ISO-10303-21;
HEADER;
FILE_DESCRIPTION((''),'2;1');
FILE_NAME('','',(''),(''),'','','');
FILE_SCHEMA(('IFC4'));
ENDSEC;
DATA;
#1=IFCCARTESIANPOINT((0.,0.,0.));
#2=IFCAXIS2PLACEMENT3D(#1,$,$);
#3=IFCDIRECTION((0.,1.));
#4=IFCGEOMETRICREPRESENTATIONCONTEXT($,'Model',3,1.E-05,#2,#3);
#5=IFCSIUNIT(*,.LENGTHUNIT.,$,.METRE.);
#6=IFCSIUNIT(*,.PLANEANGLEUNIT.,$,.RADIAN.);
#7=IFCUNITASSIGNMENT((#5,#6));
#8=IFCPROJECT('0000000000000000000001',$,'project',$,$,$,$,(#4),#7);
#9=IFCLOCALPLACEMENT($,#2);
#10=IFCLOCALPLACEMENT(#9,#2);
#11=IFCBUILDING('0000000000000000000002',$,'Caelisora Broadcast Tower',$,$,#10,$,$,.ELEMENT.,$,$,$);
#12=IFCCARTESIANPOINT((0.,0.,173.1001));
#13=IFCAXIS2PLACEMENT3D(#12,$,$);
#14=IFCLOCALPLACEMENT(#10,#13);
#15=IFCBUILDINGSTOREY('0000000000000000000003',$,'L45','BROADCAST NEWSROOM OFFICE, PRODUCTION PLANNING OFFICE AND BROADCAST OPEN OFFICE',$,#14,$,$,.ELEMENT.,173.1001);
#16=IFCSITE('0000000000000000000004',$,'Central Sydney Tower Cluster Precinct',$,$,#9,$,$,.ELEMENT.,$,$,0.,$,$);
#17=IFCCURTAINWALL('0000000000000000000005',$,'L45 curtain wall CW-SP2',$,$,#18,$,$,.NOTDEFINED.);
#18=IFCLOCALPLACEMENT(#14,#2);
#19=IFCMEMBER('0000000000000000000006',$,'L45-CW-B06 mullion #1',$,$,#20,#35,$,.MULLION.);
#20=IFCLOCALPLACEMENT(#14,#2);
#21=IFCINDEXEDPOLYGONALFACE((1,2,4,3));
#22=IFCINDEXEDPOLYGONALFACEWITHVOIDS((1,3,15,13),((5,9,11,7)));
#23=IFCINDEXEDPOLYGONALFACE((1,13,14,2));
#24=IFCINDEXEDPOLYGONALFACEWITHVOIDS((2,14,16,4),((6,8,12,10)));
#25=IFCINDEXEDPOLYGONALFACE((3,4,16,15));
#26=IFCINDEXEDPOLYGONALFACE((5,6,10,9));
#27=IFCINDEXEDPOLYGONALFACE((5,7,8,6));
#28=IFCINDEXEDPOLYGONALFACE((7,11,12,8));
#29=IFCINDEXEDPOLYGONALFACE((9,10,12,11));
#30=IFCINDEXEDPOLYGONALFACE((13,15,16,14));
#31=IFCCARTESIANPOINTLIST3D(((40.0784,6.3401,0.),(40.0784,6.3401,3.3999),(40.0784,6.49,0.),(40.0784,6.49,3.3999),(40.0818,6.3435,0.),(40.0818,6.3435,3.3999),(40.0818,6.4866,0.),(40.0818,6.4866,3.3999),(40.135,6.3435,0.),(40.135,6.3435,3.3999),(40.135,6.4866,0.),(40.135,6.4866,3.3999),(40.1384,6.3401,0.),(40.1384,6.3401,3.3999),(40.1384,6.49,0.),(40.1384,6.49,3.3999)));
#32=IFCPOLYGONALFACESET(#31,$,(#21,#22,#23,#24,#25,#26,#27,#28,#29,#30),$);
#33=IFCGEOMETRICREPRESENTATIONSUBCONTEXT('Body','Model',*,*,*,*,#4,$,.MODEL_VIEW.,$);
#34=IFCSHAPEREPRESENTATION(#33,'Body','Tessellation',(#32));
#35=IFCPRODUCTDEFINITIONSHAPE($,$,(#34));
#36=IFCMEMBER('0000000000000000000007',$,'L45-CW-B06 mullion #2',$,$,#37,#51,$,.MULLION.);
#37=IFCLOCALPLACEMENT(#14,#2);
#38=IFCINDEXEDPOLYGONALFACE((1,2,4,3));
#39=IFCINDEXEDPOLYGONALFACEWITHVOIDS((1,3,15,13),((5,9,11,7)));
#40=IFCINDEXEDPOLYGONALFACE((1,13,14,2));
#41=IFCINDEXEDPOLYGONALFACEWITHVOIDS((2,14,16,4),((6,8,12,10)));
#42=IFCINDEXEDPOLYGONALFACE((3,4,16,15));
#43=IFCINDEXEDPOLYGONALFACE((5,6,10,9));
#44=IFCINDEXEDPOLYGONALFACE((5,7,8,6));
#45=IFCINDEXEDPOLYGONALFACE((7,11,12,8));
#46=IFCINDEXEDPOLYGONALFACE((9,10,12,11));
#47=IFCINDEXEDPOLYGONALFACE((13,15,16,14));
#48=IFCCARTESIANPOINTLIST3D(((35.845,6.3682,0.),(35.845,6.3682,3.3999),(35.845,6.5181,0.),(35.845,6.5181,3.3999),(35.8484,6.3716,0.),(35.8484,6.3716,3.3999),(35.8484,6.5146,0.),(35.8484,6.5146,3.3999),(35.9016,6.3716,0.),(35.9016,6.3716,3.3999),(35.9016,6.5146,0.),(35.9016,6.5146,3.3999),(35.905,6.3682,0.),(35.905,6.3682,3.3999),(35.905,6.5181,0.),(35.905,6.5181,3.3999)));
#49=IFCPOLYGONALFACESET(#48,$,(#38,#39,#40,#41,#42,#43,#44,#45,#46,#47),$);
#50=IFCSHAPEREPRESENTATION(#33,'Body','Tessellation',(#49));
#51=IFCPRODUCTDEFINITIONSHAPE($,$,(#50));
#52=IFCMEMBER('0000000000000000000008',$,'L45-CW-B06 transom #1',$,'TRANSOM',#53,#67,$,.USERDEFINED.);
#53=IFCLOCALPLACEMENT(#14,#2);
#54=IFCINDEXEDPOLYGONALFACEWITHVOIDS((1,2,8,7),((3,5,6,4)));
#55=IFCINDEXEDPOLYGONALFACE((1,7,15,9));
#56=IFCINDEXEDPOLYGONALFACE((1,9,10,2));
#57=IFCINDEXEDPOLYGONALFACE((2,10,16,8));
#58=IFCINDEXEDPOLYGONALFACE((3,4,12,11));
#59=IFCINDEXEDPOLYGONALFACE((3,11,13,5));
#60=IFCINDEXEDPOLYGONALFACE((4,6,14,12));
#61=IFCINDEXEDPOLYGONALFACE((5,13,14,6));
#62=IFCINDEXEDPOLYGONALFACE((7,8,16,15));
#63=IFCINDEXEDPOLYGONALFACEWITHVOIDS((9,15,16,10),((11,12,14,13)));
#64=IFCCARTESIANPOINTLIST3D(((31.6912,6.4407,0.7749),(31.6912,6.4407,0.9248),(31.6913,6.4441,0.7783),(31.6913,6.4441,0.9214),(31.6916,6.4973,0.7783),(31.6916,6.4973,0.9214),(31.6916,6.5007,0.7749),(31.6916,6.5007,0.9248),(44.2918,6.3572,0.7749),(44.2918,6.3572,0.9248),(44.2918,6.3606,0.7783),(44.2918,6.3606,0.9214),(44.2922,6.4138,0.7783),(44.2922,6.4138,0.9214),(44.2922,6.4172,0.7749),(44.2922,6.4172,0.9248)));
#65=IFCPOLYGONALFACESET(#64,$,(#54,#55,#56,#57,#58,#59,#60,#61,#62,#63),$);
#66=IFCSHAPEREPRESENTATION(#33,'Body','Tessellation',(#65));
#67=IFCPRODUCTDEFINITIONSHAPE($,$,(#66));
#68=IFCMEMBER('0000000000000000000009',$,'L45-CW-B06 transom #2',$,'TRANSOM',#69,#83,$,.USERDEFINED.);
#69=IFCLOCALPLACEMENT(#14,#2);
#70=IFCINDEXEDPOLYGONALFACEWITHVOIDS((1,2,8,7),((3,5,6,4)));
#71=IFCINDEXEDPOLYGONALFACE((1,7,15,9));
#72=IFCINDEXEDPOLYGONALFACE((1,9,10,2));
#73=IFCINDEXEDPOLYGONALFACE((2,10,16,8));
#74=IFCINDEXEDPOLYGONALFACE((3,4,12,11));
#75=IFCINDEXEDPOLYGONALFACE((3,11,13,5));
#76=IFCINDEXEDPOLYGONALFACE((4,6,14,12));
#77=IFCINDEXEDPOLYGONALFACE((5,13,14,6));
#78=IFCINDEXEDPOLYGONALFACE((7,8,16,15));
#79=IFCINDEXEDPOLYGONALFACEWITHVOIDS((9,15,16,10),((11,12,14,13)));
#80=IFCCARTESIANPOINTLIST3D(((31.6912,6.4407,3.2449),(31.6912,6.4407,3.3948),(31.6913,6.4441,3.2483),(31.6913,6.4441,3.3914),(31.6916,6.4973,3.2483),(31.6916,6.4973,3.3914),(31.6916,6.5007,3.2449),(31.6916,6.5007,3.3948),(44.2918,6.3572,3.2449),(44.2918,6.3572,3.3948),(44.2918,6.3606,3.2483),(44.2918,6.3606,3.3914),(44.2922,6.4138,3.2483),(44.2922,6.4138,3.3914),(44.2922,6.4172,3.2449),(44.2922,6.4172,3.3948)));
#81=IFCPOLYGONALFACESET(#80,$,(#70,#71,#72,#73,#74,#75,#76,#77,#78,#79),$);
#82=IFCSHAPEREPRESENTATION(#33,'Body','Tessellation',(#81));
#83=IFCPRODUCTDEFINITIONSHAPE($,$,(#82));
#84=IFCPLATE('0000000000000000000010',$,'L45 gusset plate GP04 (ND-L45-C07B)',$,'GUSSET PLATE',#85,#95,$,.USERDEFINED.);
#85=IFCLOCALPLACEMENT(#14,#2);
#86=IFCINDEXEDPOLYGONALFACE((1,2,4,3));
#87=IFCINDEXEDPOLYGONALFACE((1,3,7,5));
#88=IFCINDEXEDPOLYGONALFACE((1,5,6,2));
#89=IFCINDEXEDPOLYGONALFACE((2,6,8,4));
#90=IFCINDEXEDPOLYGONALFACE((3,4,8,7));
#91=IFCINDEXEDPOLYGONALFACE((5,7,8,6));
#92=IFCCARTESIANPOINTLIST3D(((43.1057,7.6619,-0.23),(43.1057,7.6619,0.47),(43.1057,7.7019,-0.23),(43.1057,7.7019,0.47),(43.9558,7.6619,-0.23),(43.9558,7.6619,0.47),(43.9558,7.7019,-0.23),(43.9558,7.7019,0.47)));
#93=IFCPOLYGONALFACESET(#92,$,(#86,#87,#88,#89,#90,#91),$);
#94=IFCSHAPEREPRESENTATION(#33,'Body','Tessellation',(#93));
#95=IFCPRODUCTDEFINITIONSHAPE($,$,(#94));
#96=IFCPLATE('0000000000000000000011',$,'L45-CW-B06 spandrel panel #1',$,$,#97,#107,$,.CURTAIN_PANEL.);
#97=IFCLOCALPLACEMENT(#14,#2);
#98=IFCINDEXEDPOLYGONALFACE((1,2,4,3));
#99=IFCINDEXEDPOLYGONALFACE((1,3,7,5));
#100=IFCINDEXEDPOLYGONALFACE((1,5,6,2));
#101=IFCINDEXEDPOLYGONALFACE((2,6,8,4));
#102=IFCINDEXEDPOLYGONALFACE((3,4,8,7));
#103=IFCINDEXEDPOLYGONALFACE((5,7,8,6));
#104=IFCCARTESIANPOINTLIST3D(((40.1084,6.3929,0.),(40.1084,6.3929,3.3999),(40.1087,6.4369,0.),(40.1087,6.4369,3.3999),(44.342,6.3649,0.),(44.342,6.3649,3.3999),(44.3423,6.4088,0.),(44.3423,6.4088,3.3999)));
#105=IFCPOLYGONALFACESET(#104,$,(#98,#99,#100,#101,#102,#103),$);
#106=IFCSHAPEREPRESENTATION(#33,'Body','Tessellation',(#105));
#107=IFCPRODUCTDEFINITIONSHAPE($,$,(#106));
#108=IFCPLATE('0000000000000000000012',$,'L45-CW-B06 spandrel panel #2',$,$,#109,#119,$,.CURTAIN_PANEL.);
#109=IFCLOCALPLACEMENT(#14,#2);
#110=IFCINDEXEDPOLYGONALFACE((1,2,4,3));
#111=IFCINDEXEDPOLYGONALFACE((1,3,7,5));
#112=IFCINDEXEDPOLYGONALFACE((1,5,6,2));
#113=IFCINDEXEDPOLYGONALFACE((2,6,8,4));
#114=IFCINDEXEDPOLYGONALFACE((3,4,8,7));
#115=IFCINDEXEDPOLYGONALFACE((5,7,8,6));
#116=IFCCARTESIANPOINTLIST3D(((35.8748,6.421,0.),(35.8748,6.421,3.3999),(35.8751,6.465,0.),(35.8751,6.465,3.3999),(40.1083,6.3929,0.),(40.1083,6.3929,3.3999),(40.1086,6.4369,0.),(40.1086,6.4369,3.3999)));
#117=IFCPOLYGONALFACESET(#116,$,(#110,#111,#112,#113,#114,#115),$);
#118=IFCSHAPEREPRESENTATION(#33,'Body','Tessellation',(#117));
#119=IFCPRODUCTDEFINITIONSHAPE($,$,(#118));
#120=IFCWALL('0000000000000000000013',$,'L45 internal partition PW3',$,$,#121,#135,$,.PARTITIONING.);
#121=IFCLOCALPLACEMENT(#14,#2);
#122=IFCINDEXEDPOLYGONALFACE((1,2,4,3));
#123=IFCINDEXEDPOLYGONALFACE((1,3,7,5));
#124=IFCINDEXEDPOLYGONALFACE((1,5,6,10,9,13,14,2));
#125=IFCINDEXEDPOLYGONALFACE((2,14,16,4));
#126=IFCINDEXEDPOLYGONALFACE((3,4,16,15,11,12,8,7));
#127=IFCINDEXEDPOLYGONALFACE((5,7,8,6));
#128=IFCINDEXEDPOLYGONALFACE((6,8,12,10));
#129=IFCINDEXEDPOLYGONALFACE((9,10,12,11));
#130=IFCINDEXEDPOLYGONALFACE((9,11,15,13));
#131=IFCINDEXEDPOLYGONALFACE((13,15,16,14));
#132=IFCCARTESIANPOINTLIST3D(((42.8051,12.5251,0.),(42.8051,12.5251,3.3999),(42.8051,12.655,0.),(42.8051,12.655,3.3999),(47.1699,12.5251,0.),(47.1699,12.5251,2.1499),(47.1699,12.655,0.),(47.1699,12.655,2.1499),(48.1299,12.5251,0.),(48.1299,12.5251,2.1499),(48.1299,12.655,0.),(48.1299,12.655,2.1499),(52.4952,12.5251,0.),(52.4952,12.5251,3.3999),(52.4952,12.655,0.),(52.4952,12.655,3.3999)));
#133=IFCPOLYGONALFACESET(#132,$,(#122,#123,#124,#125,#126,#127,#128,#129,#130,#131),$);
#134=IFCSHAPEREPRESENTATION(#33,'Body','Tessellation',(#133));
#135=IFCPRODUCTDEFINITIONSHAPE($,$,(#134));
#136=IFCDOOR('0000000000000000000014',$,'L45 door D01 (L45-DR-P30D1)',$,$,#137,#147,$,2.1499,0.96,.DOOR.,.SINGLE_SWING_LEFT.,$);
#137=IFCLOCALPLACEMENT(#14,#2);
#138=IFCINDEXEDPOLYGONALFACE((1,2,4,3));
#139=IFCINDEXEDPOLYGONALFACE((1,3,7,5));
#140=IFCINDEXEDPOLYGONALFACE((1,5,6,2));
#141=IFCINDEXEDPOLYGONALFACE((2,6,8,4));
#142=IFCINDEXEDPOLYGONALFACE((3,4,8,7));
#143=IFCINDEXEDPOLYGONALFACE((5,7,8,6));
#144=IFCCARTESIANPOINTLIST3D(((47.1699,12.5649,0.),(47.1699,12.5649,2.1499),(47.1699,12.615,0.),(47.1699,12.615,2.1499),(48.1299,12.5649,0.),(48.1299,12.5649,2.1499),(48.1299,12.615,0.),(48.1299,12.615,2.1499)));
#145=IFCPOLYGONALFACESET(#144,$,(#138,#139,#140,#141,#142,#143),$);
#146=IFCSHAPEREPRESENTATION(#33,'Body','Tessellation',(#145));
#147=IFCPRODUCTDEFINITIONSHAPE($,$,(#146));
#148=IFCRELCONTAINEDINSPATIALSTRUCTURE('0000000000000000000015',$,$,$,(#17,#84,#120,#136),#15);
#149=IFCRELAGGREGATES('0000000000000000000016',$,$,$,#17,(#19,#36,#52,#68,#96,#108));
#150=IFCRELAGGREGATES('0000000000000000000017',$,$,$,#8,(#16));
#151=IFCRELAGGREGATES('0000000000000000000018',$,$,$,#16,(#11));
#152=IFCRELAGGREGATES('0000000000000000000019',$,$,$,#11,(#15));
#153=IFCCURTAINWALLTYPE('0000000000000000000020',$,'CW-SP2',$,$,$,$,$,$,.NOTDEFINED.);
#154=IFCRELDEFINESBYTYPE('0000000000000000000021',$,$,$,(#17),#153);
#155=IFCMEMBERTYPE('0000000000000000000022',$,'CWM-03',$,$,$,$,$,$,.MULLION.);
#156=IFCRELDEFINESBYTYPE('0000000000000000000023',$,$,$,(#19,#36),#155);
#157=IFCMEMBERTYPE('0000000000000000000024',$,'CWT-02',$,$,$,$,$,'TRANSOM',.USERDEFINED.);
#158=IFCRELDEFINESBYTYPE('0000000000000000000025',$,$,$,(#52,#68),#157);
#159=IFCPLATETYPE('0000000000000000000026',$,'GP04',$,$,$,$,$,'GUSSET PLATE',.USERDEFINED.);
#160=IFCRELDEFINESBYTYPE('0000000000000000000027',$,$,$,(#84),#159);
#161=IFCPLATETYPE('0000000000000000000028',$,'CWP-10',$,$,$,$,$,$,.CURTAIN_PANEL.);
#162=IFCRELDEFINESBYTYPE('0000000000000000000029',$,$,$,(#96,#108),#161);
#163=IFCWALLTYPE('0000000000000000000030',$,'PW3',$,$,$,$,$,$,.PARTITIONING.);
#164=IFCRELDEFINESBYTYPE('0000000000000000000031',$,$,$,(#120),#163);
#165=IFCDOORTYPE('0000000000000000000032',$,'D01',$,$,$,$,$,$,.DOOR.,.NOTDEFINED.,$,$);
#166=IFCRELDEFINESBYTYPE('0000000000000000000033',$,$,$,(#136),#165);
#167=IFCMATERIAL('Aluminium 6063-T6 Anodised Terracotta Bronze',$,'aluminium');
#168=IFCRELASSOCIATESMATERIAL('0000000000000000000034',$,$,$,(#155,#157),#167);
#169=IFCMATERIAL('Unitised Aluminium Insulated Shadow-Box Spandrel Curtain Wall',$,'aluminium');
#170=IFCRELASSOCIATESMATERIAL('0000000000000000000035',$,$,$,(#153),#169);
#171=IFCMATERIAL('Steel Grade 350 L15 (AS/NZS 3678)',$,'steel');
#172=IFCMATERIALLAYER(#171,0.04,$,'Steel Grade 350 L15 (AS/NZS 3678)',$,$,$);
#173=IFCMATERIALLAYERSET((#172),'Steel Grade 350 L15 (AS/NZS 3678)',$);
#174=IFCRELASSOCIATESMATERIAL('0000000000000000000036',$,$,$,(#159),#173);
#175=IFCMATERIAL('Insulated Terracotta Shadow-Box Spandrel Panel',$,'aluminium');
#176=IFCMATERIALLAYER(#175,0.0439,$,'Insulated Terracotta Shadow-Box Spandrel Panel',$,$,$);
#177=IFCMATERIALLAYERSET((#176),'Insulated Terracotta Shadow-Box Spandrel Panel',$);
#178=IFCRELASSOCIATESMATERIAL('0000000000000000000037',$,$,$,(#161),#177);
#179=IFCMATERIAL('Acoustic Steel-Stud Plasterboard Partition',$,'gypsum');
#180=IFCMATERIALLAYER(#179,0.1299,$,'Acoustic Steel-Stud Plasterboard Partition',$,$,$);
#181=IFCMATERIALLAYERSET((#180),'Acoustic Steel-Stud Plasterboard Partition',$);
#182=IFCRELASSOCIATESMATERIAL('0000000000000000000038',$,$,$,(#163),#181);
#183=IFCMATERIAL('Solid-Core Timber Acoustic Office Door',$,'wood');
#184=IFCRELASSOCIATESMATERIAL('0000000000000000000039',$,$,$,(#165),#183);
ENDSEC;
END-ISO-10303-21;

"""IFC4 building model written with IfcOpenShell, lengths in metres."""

from ifc_helpers import new_model, si_unit, direction, frame, frame_2d, origin, origin_2d, place, context, subcontext, project, spatial, rectangle, hollow_rectangle, extrude, source, transform, mapped, material, layer, layer_set, material_profile, profile_set, type_object, type_shapes, element, fill, aggregate, save


model = new_model("IFC4")

# Units and contexts
model_context = context("Model", 3, precision=1e-05, world=origin(), true_north=direction((0.0, 1.0)))
body_context = subcontext(model_context, "Body", "Model", "MODEL_VIEW")
ifc_project = project(units=[si_unit("LENGTHUNIT", "METRE"), si_unit("PLANEANGLEUNIT", "RADIAN")], contexts=[model_context])

# Site, building, storey
site_placement = place(None, origin())
site = spatial("IfcSite", under=ifc_project, at=site_placement, Name="Central Sydney Tower Cluster Precinct", CompositionType="ELEMENT", RefElevation=0.0)
building_placement = place(site_placement, origin())
building = spatial("IfcBuilding", under=site, at=building_placement, Name="Caelisora Broadcast Tower", CompositionType="ELEMENT")
storey_placement = place(building_placement, frame((0.0, 0.0, 173.1001)))
storey = spatial("IfcBuildingStorey", under=building, at=storey_placement, Name="L45", Description="BROADCAST NEWSROOM OFFICE, PRODUCTION PLANNING OFFICE AND BROADCAST OPEN OFFICE", CompositionType="ELEMENT", Elevation=173.1001)

# Shared definitions
ifc_material_1 = material(Name="Steel Grade 350 L15 (AS/NZS 3678)", Category="steel")

# Shared definitions
ifc_material_2 = material(Name="Aluminium 6063-T6 Anodised Terracotta Bronze", Category="aluminium")
ifc_material_profile_1 = material_profile(ifc_material_2, hollow_rectangle(XDim=0.0601, YDim=0.1499, WallThickness=0.0034, at=origin_2d()), Name="Aluminium 6063-T6 Anodised Terracotta Bronze")
ifc_profile_set_1 = profile_set([ifc_material_profile_1], Name="Aluminium 6063-T6 Anodised Terracotta Bronze")
member_type_1 = type_object("IfcMemberType", Name="CWM-03", PredefinedType="MULLION", material=ifc_profile_set_1)
shared_shape_1 = source(origin(), body_context, "Body", "SweptSolid", [
    extrude(hollow_rectangle(XDim=0.0601, YDim=0.1499, WallThickness=0.0034, at=origin_2d()), origin(), (0.0, 0.0, 1.0), 3.3999),
])
type_shapes(member_type_1, [shared_shape_1])

# Curtain wall, members
ifc_material_3 = material(Name="Unitised Aluminium Insulated Shadow-Box Spandrel Curtain Wall", Category="aluminium")
curtain_wall_type_1 = type_object("IfcCurtainWallType", Name="CW-SP2", PredefinedType="NOTDEFINED", material=ifc_material_3)
curtain_wall_1_placement = place(storey_placement, origin())
curtain_wall_1 = element("IfcCurtainWall", 1, at=curtain_wall_1_placement, inside=storey, type_object=curtain_wall_type_1, Name="L45 curtain wall CW-SP2", PredefinedType="NOTDEFINED")
member_1_placement = place(storey_placement, frame((40.1084, 6.415, 0.0), z_axis=(0.0, 0.0, 1.0), x_axis=(1.0, 0.0, 0.0)))
member_1 = element("IfcMember", 2, at=member_1_placement, type_object=member_type_1, Name="L45-CW-B06 mullion #1", PredefinedType="MULLION", context=body_context, shape_type="MappedRepresentation", body=[
    mapped(shared_shape_1, transform((0.0, 0.0, 0.0), scale=1.0)),
])
member_2_placement = place(storey_placement, frame((35.875, 6.4431, 0.0), z_axis=(0.0, 0.0, 1.0), x_axis=(1.0, 0.0, 0.0)))
member_2 = element("IfcMember", 3, at=member_2_placement, type_object=member_type_1, Name="L45-CW-B06 mullion #2", PredefinedType="MULLION", context=body_context, shape_type="MappedRepresentation", body=[
    mapped(shared_shape_1, transform((0.0, 0.0, 0.0), scale=1.0)),
])
ifc_material_profile_2 = material_profile(ifc_material_2, hollow_rectangle(XDim=0.0601, YDim=0.1499, WallThickness=0.0034, at=origin_2d()), Name="Aluminium 6063-T6 Anodised Terracotta Bronze")
ifc_profile_set_2 = profile_set([ifc_material_profile_2], Name="Aluminium 6063-T6 Anodised Terracotta Bronze")
member_type_2 = type_object("IfcMemberType", Name="CWT-02", ElementType="TRANSOM", PredefinedType="USERDEFINED", material=ifc_profile_set_2)
shared_shape_2 = source(origin(), body_context, "Body", "SweptSolid", [
    extrude(hollow_rectangle(XDim=0.0601, YDim=0.1499, WallThickness=0.0034, at=origin_2d()), origin(), (0.0, 0.0, 1.0), 12.6008),
])
type_shapes(member_type_2, [shared_shape_2])
member_3_placement = place(storey_placement, frame((44.292, 6.3872, 0.8499), z_axis=(-0.999978, 0.006626, 0.0), x_axis=(-0.006626, -0.999978, 0.0)))
member_3 = element("IfcMember", 4, at=member_3_placement, type_object=member_type_2, Name="L45-CW-B06 transom #1", ObjectType="TRANSOM", PredefinedType="USERDEFINED", context=body_context, shape_type="MappedRepresentation", body=[
    mapped(shared_shape_2, transform((0.0, 0.0, 0.0), scale=1.0)),
])
member_4_placement = place(storey_placement, frame((44.292, 6.3872, 3.3198), z_axis=(-0.999978, 0.006626, 0.0), x_axis=(-0.006626, -0.999978, 0.0)))
member_4 = element("IfcMember", 5, at=member_4_placement, type_object=member_type_2, Name="L45-CW-B06 transom #2", ObjectType="TRANSOM", PredefinedType="USERDEFINED", context=body_context, shape_type="MappedRepresentation", body=[
    mapped(shared_shape_2, transform((0.0, 0.0, 0.0), scale=1.0)),
])

# Plates
ifc_layer_1 = layer(ifc_material_1, 0.04, Name="Steel Grade 350 L15 (AS/NZS 3678)")
ifc_layer_set_1 = layer_set([ifc_layer_1], Name="Steel Grade 350 L15 (AS/NZS 3678)")
plate_type_1 = type_object("IfcPlateType", Name="GP04", ElementType="GUSSET PLATE", PredefinedType="USERDEFINED", material=ifc_layer_set_1)
shared_shape_3 = source(origin(), body_context, "Body", "SweptSolid", [
    extrude(rectangle(XDim=0.8501, YDim=0.04, at=origin_2d()), origin(), (0.0, 0.0, 1.0), 0.7),
])
type_shapes(plate_type_1, [shared_shape_3])
plate_1_placement = place(storey_placement, frame((43.5308, 7.6819, -0.23), z_axis=(0.0, 0.0, 1.0), x_axis=(1.0, 0.0, 0.0)))
element("IfcPlate", 6, at=plate_1_placement, inside=storey, type_object=plate_type_1, Name="L45 gusset plate GP04 (ND-L45-C07B)", ObjectType="GUSSET PLATE", PredefinedType="USERDEFINED", context=body_context, shape_type="MappedRepresentation", body=[
    mapped(shared_shape_3, transform((0.0, 0.0, 0.0), scale=1.0)),
])
ifc_material_4 = material(Name="Insulated Terracotta Shadow-Box Spandrel Panel", Category="aluminium")
ifc_layer_2 = layer(ifc_material_4, 0.0439, Name="Insulated Terracotta Shadow-Box Spandrel Panel")
ifc_layer_set_2 = layer_set([ifc_layer_2], Name="Insulated Terracotta Shadow-Box Spandrel Panel")
plate_type_2 = type_object("IfcPlateType", Name="CWP-10", PredefinedType="CURTAIN_PANEL", material=ifc_layer_set_2)
shared_shape_4 = source(origin(), body_context, "Body", "SweptSolid", [
    extrude(rectangle(XDim=4.2336, YDim=0.0439, at=origin_2d()), origin(), (0.0, 0.0, 1.0), 3.3999),
])
type_shapes(plate_type_2, [shared_shape_4])
plate_2_placement = place(storey_placement, frame((42.2253, 6.4009, 0.0), z_axis=(0.0, 0.0, 1.0), x_axis=(-0.999978, 0.006632, 0.0)))
plate_2 = element("IfcPlate", 7, at=plate_2_placement, type_object=plate_type_2, Name="L45-CW-B06 spandrel panel #1", PredefinedType="CURTAIN_PANEL", context=body_context, shape_type="MappedRepresentation", body=[
    mapped(shared_shape_4, transform((0.0, 0.0, 0.0), scale=1.0)),
])
plate_3_placement = place(storey_placement, frame((37.9917, 6.429, 0.0), z_axis=(0.0, 0.0, 1.0), x_axis=(-0.999978, 0.006632, 0.0)))
plate_3 = element("IfcPlate", 8, at=plate_3_placement, type_object=plate_type_2, Name="L45-CW-B06 spandrel panel #2", PredefinedType="CURTAIN_PANEL", context=body_context, shape_type="MappedRepresentation", body=[
    mapped(shared_shape_4, transform((0.0, 0.0, 0.0), scale=1.0)),
])
aggregate(curtain_wall_1, [member_1, member_2, member_3, member_4, plate_2, plate_3])

# Wall, opening, door
ifc_material_5 = material(Name="Acoustic Steel-Stud Plasterboard Partition", Category="gypsum")
ifc_layer_3 = layer(ifc_material_5, 0.1299, Name="Acoustic Steel-Stud Plasterboard Partition")
ifc_layer_set_3 = layer_set([ifc_layer_3], Name="Acoustic Steel-Stud Plasterboard Partition")
wall_type = type_object("IfcWallType", Name="PW3", PredefinedType="PARTITIONING", material=ifc_layer_set_3)
wall_1_placement = place(storey_placement, frame((42.8049, 12.5901, 0.0), z_axis=(0.0, 0.0, 1.0), x_axis=(1.0, 0.0, 0.0)))
wall_1 = element("IfcWall", 9, at=wall_1_placement, inside=storey, type_object=wall_type, Name="L45 internal partition PW3", PredefinedType="PARTITIONING", context=body_context, shape_type="SweptSolid", body=[
    extrude(rectangle(XDim=9.6902, YDim=0.1299, at=frame_2d((4.8452, 0.0))), origin(), (0.0, 0.0, 1.0), 3.3999),
])
opening_1_placement = place(wall_1_placement, frame((4.365, 0.0, 0.0)))
opening_1 = element("IfcOpeningElement", 10, at=opening_1_placement, cuts=wall_1, PredefinedType="OPENING", context=body_context, shape_type="SweptSolid", body=[
    extrude(rectangle(XDim=0.96, YDim=2.1499, at=frame_2d((0.48, 1.075))), frame((0.0, 0.0769, 0.0), z_axis=(0.0, -1.0, 0.0), x_axis=(1.0, 0.0, 0.0)), (0.0, 0.0, 1.0), 0.1538),
])
ifc_material_6 = material(Name="Solid-Core Timber Acoustic Office Door", Category="wood")
door_type = type_object("IfcDoorType", Name="D01", OperationType="NOTDEFINED", PredefinedType="DOOR", material=ifc_material_6)
door_1_placement = place(opening_1_placement, origin())
door_1 = element("IfcDoor", 11, at=door_1_placement, inside=storey, type_object=door_type, Name="L45 door D01 (L45-DR-P30D1)", OperationType="SINGLE_SWING_LEFT", OverallHeight=2.1499, OverallWidth=0.96, PredefinedType="DOOR", context=body_context, shape_type="SweptSolid", body=[
    extrude(rectangle(XDim=0.96, YDim=2.1499, at=frame_2d((0.48, 1.075))), frame((0.0, 0.0249, 0.0), z_axis=(0.0, -1.0, 0.0), x_axis=(1.0, 0.0, 0.0)), (0.0, 0.0, 1.0), 0.05),
])
fill(opening_1, door_1)

save(model, "model.ifc")
